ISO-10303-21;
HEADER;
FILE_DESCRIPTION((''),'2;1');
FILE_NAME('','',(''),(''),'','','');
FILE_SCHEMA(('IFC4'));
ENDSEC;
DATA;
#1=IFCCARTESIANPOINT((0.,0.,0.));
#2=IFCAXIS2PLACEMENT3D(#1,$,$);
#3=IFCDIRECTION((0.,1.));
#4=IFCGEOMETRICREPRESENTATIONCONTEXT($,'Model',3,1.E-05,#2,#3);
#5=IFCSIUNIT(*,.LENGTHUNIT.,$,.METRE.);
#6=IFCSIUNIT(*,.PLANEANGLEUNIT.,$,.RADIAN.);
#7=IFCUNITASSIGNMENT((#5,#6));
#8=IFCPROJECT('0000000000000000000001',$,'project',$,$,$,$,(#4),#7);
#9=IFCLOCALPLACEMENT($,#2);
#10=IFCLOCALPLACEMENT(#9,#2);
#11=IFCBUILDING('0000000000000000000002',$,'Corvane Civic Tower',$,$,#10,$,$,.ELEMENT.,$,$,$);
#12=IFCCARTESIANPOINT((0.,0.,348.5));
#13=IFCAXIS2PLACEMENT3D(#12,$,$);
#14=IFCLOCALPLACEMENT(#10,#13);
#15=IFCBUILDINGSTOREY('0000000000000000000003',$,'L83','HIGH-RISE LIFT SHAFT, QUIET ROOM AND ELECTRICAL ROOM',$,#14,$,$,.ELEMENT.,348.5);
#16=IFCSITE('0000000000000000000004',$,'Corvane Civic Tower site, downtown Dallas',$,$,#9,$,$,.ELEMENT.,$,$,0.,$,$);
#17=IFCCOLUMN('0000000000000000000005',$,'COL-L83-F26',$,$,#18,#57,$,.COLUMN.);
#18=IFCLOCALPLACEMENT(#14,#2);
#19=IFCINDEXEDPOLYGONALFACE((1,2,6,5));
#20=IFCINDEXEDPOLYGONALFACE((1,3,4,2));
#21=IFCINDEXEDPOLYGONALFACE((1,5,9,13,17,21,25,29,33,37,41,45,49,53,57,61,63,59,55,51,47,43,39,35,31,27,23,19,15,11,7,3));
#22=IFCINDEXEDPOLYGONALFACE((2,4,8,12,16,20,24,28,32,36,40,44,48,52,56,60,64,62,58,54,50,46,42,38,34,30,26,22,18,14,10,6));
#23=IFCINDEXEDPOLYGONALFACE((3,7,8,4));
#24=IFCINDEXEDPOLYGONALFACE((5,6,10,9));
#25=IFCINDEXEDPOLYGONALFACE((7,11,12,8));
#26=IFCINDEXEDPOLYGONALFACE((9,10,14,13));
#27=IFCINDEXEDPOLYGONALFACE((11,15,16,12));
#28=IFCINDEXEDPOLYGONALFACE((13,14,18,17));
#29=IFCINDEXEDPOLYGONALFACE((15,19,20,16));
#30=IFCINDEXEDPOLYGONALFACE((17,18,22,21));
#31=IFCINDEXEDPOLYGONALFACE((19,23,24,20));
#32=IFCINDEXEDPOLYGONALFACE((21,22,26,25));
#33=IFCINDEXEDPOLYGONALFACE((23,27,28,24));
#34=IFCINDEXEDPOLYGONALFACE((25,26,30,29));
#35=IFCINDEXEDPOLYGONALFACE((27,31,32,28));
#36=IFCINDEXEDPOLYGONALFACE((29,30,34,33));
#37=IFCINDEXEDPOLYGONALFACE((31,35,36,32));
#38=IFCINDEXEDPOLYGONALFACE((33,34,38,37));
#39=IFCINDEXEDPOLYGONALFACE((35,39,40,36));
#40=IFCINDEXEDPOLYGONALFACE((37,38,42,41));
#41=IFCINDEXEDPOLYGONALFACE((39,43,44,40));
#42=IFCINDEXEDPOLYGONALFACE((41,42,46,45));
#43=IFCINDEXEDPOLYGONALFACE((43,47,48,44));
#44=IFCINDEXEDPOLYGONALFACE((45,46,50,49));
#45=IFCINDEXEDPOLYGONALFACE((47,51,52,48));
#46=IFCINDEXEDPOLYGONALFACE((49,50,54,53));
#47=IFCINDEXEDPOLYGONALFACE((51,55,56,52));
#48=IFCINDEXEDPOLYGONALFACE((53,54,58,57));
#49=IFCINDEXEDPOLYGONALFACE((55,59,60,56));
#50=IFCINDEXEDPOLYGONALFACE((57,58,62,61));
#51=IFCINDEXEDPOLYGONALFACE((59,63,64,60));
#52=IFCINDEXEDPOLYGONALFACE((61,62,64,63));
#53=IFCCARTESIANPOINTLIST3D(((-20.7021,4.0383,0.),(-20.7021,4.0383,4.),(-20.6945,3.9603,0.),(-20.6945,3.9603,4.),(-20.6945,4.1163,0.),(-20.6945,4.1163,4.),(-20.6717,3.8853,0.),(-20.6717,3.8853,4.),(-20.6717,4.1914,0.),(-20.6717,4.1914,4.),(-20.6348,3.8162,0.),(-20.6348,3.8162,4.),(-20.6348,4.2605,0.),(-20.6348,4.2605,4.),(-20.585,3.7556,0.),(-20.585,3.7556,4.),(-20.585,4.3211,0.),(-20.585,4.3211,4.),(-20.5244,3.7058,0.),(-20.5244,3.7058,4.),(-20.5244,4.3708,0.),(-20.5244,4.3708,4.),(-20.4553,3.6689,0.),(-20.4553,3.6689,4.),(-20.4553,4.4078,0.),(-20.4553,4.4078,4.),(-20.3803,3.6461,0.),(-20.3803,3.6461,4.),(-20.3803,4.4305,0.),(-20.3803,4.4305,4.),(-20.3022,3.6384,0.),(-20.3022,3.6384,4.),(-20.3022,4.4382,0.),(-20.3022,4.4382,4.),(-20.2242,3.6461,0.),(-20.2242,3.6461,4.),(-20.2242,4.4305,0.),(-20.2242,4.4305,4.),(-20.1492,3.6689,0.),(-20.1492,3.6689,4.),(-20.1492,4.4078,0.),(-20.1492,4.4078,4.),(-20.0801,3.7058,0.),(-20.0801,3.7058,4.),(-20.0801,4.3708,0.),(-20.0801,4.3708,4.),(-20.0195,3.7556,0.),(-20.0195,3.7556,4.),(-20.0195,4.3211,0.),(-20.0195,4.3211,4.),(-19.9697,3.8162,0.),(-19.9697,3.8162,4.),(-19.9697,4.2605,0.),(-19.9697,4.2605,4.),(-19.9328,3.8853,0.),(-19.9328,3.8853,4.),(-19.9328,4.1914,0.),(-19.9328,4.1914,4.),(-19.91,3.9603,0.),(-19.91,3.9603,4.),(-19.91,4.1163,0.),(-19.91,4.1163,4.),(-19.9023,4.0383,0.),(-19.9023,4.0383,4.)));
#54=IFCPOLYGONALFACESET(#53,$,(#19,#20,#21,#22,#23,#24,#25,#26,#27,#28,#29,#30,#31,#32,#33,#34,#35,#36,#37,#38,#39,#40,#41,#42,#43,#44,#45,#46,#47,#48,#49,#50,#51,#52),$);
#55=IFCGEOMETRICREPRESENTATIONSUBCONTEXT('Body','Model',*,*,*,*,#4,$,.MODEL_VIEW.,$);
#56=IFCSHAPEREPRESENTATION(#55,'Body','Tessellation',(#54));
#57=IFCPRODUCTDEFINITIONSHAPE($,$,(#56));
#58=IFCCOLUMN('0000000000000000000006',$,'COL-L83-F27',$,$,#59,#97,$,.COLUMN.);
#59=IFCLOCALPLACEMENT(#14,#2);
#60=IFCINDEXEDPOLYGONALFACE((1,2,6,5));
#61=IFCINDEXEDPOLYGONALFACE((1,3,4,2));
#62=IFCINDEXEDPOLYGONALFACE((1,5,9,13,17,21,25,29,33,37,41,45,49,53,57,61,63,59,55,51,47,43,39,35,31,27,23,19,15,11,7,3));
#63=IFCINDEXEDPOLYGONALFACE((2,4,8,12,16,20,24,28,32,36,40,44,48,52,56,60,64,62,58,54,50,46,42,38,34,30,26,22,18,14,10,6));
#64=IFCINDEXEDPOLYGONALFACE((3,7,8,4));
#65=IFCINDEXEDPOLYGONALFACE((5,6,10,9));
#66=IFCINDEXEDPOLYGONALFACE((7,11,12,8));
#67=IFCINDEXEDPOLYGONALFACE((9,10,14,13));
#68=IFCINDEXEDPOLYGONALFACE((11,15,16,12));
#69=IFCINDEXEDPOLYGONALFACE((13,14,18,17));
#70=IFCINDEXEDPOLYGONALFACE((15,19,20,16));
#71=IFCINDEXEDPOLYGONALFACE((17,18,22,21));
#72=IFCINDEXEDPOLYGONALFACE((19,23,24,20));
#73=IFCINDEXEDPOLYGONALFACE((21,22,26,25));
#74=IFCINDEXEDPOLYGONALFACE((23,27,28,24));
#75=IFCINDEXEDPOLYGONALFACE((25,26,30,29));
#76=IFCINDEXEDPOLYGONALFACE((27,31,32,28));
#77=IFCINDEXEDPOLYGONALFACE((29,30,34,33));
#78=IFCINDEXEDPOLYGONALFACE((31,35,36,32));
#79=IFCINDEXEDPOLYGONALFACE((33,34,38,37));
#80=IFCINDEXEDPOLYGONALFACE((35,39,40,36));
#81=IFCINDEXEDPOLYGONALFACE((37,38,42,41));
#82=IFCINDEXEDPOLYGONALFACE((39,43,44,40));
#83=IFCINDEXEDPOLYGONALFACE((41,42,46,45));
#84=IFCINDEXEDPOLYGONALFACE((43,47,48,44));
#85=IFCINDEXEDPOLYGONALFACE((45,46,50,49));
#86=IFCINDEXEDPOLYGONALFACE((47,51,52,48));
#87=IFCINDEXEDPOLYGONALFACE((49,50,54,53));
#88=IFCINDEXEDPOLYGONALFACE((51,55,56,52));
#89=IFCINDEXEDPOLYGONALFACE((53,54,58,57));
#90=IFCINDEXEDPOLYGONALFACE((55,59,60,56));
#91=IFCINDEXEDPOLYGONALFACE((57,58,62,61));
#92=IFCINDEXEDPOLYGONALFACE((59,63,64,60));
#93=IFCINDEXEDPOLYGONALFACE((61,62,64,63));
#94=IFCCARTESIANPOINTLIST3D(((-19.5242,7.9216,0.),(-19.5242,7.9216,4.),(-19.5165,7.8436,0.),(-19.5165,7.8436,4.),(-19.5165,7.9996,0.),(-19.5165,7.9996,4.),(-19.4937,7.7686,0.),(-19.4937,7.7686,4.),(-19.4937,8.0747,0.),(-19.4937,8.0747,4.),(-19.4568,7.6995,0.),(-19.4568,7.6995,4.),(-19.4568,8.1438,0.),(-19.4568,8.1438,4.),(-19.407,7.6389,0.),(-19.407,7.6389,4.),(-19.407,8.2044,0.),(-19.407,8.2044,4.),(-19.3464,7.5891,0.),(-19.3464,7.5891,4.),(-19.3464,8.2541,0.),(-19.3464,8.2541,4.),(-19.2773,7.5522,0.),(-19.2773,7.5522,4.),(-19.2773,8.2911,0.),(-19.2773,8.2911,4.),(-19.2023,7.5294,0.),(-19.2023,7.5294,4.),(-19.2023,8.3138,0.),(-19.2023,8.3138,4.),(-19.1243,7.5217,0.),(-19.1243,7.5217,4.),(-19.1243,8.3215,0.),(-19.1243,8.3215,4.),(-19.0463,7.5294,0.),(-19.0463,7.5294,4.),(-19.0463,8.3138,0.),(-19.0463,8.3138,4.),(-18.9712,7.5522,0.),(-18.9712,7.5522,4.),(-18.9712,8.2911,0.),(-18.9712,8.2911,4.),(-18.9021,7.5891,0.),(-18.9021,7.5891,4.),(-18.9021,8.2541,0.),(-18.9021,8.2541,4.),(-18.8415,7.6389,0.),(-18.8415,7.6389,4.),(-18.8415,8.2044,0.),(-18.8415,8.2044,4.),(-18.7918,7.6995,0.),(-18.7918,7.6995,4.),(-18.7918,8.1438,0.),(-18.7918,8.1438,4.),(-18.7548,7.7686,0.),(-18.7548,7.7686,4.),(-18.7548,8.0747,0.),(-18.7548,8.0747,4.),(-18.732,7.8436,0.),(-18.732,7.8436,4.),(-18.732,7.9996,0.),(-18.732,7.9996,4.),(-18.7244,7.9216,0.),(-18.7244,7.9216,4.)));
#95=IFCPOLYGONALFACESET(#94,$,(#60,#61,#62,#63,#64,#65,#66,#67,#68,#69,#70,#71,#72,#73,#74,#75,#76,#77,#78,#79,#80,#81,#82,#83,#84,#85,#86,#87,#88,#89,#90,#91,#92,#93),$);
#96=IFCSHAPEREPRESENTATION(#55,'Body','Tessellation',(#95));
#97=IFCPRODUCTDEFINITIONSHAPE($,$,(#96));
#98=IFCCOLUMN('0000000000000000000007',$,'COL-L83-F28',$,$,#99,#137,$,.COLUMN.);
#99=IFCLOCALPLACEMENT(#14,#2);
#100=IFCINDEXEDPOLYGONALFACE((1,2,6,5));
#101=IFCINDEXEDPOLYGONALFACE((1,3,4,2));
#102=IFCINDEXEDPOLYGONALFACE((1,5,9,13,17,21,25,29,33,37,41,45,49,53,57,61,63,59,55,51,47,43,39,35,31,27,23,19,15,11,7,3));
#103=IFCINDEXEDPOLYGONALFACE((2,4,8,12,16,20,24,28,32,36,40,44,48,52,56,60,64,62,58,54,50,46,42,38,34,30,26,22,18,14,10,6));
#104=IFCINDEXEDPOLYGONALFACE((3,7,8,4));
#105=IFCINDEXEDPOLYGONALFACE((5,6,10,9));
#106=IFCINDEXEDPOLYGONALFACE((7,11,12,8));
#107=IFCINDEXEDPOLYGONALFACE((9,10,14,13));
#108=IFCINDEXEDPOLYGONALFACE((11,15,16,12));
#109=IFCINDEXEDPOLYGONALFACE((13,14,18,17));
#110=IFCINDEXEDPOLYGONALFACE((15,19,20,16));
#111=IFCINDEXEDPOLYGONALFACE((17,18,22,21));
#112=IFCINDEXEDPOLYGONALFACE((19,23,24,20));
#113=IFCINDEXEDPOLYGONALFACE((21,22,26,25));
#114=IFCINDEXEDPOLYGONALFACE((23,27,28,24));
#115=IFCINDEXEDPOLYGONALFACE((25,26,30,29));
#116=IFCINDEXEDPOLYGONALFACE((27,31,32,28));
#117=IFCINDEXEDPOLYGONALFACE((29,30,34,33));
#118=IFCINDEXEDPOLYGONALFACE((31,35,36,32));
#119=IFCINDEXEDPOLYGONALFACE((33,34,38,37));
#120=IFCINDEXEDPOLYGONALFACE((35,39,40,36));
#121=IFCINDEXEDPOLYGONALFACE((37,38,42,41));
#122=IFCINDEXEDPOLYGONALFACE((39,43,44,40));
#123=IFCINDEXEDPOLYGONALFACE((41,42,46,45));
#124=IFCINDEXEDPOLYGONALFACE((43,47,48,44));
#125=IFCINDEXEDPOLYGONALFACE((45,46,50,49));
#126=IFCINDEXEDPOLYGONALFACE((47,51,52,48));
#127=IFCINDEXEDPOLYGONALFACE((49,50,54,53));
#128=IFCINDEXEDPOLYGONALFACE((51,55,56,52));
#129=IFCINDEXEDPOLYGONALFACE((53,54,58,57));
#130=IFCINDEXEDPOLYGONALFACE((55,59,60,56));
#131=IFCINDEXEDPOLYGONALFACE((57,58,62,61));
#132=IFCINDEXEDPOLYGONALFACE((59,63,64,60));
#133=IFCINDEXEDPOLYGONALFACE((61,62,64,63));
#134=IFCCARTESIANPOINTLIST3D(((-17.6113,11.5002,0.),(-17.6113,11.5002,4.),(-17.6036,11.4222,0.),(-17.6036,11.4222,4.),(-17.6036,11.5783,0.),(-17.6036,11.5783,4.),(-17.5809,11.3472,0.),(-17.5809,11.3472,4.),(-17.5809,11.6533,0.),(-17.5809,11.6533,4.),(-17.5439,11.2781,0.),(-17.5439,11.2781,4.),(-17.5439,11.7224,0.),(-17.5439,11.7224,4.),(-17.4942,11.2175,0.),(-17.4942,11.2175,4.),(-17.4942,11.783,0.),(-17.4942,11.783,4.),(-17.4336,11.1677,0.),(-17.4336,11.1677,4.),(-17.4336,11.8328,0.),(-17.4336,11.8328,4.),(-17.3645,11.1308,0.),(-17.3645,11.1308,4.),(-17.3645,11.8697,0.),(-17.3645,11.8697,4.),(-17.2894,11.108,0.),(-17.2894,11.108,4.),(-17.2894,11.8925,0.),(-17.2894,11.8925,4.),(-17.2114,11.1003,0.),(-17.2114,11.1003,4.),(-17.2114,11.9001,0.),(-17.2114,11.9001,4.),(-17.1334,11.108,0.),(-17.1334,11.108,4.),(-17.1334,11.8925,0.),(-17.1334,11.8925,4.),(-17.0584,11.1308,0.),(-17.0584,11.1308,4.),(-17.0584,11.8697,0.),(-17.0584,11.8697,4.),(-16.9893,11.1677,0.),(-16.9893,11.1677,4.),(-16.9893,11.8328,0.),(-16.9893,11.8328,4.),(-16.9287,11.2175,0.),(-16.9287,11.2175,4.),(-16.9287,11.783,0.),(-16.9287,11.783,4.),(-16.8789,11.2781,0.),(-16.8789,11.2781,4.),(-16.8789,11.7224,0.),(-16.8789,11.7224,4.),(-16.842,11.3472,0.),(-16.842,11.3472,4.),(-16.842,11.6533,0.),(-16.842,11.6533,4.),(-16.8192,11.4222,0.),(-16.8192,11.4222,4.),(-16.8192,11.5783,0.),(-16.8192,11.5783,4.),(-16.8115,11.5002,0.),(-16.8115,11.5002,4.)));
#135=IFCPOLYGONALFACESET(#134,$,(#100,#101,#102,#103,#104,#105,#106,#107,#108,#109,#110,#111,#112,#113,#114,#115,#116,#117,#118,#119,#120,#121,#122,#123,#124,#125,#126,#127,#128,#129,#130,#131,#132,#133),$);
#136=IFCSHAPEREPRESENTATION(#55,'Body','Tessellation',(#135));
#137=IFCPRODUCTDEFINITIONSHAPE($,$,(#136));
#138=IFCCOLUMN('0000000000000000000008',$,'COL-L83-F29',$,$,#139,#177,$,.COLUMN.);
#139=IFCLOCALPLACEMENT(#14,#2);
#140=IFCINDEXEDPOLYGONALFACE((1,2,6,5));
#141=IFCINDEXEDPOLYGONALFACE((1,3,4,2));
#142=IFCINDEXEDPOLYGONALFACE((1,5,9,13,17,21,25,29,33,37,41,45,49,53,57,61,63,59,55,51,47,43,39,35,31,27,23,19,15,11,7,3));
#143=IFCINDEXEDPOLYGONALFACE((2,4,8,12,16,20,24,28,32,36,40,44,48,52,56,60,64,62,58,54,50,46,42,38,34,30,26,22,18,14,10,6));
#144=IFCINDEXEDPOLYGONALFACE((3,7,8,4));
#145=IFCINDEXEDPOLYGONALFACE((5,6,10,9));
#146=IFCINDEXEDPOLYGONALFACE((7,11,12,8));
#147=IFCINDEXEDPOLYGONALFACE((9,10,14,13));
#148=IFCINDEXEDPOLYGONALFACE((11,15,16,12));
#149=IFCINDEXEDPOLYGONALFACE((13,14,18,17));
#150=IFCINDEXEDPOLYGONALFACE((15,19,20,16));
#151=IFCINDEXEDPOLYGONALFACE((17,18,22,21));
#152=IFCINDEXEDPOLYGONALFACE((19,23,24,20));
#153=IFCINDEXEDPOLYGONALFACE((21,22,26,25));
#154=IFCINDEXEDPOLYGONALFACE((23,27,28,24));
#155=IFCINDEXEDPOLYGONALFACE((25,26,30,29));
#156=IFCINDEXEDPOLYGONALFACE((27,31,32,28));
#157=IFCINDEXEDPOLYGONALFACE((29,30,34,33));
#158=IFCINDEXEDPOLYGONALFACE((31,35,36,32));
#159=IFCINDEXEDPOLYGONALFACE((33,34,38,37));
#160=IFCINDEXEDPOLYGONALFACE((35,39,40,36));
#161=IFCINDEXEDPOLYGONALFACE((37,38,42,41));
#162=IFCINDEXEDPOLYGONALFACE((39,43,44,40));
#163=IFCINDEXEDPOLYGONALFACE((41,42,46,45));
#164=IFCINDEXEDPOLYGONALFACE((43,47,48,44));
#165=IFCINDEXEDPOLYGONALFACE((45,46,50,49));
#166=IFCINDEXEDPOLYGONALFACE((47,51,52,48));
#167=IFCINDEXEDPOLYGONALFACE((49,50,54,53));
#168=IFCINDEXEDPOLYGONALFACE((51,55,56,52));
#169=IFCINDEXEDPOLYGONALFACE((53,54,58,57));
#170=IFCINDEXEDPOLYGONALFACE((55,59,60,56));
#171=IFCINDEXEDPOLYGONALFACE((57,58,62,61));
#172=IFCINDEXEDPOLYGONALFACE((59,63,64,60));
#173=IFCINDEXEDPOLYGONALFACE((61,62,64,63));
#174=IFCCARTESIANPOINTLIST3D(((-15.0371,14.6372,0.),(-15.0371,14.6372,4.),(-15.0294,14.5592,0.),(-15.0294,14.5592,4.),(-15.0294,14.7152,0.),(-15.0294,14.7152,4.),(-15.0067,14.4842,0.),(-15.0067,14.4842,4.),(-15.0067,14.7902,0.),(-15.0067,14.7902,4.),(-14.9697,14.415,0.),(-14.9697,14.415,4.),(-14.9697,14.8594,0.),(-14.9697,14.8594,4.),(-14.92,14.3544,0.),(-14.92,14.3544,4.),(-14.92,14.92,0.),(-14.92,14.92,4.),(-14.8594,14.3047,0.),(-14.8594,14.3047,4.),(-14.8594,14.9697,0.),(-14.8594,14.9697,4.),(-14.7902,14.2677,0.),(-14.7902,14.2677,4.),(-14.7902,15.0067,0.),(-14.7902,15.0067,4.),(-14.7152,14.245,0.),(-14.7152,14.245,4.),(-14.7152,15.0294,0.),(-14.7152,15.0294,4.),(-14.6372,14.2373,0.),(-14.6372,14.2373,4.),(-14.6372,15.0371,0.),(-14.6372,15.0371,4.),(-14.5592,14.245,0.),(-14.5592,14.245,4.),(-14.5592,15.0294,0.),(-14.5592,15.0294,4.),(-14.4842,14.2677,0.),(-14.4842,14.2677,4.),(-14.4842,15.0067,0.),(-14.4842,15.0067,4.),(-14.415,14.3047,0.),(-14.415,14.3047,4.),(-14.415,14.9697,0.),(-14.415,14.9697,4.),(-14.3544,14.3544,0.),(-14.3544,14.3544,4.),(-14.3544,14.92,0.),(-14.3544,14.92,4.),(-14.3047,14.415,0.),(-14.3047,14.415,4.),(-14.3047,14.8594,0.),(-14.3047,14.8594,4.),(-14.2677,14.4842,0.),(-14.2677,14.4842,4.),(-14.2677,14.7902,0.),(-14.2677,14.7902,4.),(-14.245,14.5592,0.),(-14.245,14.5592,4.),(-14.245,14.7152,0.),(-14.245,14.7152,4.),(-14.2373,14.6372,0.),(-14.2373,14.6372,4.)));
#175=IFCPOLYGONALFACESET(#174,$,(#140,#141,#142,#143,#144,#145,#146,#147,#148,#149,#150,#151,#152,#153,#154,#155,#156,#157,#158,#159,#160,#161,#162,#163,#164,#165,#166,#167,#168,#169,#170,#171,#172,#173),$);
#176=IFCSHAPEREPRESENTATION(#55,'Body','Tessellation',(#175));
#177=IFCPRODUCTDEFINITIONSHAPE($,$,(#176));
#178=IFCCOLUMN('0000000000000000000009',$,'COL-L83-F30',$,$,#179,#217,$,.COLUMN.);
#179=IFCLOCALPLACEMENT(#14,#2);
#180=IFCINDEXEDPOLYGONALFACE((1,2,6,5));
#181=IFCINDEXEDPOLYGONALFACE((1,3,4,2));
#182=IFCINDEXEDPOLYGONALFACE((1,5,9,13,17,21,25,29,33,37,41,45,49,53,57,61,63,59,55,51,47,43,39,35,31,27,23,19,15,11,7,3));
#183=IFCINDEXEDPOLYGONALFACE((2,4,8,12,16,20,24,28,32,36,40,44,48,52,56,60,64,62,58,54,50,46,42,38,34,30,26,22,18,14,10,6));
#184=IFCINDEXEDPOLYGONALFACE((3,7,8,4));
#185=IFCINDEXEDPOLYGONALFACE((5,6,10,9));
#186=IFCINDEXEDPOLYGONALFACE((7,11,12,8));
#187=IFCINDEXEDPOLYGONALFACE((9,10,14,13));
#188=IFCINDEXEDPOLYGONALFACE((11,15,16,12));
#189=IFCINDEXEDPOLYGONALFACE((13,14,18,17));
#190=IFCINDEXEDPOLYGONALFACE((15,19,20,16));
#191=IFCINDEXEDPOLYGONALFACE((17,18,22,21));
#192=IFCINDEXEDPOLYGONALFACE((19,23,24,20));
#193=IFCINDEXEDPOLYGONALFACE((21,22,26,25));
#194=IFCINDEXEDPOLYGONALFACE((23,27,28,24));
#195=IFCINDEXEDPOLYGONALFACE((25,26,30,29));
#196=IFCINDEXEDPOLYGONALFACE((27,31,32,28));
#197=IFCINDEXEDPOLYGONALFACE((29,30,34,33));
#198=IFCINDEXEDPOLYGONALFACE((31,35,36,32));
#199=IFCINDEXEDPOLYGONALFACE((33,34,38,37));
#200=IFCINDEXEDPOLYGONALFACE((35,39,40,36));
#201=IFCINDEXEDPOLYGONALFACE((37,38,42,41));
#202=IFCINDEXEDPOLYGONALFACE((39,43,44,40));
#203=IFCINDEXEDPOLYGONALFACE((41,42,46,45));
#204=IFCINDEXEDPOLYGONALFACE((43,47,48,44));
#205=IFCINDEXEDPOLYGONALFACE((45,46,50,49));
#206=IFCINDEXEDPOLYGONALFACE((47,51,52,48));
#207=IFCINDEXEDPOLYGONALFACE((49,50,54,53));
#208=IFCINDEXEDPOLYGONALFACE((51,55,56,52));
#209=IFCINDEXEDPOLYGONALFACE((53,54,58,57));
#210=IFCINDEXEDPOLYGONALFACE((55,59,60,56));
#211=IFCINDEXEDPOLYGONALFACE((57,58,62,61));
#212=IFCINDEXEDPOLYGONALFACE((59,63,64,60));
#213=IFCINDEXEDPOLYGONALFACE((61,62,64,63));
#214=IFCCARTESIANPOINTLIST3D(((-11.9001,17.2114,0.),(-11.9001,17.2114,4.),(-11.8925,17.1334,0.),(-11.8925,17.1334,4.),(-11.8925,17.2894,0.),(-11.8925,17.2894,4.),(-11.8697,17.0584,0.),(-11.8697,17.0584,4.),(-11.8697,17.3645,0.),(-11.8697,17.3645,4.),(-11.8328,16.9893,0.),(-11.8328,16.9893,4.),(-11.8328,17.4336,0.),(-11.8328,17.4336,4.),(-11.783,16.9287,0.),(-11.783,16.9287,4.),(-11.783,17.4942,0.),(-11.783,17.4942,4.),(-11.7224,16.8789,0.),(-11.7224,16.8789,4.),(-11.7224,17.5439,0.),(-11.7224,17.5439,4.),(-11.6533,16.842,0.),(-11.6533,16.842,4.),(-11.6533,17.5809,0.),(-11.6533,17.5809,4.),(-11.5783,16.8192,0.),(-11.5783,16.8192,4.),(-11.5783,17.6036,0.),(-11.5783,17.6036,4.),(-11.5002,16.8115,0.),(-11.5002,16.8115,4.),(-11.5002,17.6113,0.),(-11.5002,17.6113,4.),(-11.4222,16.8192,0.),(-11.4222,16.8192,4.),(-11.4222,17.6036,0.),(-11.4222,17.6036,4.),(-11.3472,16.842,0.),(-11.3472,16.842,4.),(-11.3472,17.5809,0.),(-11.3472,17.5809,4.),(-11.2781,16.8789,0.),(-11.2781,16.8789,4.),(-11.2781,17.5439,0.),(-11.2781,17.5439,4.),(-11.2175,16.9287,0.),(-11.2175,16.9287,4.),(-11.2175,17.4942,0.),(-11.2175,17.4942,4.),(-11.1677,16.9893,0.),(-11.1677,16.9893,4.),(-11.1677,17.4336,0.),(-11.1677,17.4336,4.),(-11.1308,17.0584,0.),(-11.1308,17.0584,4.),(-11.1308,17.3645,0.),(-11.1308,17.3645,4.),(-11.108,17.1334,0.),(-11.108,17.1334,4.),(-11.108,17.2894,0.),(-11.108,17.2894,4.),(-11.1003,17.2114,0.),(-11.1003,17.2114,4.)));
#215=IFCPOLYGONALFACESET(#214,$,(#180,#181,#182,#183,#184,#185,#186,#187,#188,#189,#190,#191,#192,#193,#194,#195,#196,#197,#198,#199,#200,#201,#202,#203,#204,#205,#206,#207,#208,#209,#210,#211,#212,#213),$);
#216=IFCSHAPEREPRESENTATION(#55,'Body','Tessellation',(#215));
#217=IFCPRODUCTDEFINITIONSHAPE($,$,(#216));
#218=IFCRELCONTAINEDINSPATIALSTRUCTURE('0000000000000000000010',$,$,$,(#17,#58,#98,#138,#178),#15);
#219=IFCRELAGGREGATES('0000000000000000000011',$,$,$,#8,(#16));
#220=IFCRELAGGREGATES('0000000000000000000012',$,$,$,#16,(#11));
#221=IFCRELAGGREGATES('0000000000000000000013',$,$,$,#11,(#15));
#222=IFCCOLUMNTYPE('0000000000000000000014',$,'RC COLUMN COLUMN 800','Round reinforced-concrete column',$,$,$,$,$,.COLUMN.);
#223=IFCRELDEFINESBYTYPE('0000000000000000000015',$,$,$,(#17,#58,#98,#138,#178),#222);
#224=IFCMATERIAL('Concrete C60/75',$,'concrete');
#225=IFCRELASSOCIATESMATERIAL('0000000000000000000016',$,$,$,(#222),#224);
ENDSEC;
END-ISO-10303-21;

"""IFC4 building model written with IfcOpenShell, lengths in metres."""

from ifc_helpers import new_model, si_unit, direction, frame, origin, origin_2d, place, context, subcontext, project, spatial, circle, extrude, material, material_profile, profile_set, type_object, element, save


model = new_model("IFC4")

# Units and contexts
model_context = context("Model", 3, precision=1e-05, world=origin(), true_north=direction((0.0, 1.0)))
body_context = subcontext(model_context, "Body", "Model", "MODEL_VIEW")
ifc_project = project(units=[si_unit("LENGTHUNIT", "METRE"), si_unit("PLANEANGLEUNIT", "RADIAN")], contexts=[model_context])

# Site, building, storey
site_placement = place(None, origin())
site = spatial("IfcSite", under=ifc_project, at=site_placement, Name="Corvane Civic Tower site, downtown Dallas", CompositionType="ELEMENT", RefElevation=0.0)
building_placement = place(site_placement, origin())
building = spatial("IfcBuilding", under=site, at=building_placement, Name="Corvane Civic Tower", CompositionType="ELEMENT")
storey_placement = place(building_placement, frame((0.0, 0.0, 348.5)))
storey = spatial("IfcBuildingStorey", under=building, at=storey_placement, Name="L83", Description="HIGH-RISE LIFT SHAFT, QUIET ROOM AND ELECTRICAL ROOM", CompositionType="ELEMENT", Elevation=348.5)

# Columns
ifc_material_1 = material(Name="Concrete C60/75", Category="concrete")
ifc_material_profile_1 = material_profile(ifc_material_1, circle(Radius=0.3999, at=origin_2d()), Name="COLUMN 800")
ifc_profile_set_1 = profile_set([ifc_material_profile_1], Name="Concrete C60/75")
column_type = type_object("IfcColumnType", Name="RC COLUMN COLUMN 800", Description="Round reinforced-concrete column", PredefinedType="COLUMN", material=ifc_profile_set_1)
for number, where, z_axis, x_axis, name in (
    (1, (-20.3022, 4.0383, 0.0), (0.0, 0.0, 1.0), (1.0, 0.0, 0.0), "COL-L83-F26"),
    (2, (-19.1243, 7.9216, 0.0), (0.0, 0.0, 1.0), (1.0, 0.0, 0.0), "COL-L83-F27"),
    (3, (-17.2114, 11.5002, 0.0), (0.0, 0.0, 1.0), (1.0, 0.0, 0.0), "COL-L83-F28"),
    (4, (-14.6372, 14.6372, 0.0), (0.0, 0.0, 1.0), (1.0, 0.0, 0.0), "COL-L83-F29"),
    (5, (-11.5002, 17.2114, 0.0), (0.0, 0.0, 1.0), (1.0, 0.0, 0.0), "COL-L83-F30"),
):
    element("IfcColumn", number, at=place(storey_placement, frame(where, z_axis=z_axis, x_axis=x_axis)), inside=storey, type_object=column_type, Name=name, PredefinedType="COLUMN", context=body_context, shape_type="SweptSolid", body=[
        extrude(circle(Radius=0.3999, at=origin_2d()), origin(), (0.0, 0.0, 1.0), 4.0),
    ])

save(model, "model.ifc")
